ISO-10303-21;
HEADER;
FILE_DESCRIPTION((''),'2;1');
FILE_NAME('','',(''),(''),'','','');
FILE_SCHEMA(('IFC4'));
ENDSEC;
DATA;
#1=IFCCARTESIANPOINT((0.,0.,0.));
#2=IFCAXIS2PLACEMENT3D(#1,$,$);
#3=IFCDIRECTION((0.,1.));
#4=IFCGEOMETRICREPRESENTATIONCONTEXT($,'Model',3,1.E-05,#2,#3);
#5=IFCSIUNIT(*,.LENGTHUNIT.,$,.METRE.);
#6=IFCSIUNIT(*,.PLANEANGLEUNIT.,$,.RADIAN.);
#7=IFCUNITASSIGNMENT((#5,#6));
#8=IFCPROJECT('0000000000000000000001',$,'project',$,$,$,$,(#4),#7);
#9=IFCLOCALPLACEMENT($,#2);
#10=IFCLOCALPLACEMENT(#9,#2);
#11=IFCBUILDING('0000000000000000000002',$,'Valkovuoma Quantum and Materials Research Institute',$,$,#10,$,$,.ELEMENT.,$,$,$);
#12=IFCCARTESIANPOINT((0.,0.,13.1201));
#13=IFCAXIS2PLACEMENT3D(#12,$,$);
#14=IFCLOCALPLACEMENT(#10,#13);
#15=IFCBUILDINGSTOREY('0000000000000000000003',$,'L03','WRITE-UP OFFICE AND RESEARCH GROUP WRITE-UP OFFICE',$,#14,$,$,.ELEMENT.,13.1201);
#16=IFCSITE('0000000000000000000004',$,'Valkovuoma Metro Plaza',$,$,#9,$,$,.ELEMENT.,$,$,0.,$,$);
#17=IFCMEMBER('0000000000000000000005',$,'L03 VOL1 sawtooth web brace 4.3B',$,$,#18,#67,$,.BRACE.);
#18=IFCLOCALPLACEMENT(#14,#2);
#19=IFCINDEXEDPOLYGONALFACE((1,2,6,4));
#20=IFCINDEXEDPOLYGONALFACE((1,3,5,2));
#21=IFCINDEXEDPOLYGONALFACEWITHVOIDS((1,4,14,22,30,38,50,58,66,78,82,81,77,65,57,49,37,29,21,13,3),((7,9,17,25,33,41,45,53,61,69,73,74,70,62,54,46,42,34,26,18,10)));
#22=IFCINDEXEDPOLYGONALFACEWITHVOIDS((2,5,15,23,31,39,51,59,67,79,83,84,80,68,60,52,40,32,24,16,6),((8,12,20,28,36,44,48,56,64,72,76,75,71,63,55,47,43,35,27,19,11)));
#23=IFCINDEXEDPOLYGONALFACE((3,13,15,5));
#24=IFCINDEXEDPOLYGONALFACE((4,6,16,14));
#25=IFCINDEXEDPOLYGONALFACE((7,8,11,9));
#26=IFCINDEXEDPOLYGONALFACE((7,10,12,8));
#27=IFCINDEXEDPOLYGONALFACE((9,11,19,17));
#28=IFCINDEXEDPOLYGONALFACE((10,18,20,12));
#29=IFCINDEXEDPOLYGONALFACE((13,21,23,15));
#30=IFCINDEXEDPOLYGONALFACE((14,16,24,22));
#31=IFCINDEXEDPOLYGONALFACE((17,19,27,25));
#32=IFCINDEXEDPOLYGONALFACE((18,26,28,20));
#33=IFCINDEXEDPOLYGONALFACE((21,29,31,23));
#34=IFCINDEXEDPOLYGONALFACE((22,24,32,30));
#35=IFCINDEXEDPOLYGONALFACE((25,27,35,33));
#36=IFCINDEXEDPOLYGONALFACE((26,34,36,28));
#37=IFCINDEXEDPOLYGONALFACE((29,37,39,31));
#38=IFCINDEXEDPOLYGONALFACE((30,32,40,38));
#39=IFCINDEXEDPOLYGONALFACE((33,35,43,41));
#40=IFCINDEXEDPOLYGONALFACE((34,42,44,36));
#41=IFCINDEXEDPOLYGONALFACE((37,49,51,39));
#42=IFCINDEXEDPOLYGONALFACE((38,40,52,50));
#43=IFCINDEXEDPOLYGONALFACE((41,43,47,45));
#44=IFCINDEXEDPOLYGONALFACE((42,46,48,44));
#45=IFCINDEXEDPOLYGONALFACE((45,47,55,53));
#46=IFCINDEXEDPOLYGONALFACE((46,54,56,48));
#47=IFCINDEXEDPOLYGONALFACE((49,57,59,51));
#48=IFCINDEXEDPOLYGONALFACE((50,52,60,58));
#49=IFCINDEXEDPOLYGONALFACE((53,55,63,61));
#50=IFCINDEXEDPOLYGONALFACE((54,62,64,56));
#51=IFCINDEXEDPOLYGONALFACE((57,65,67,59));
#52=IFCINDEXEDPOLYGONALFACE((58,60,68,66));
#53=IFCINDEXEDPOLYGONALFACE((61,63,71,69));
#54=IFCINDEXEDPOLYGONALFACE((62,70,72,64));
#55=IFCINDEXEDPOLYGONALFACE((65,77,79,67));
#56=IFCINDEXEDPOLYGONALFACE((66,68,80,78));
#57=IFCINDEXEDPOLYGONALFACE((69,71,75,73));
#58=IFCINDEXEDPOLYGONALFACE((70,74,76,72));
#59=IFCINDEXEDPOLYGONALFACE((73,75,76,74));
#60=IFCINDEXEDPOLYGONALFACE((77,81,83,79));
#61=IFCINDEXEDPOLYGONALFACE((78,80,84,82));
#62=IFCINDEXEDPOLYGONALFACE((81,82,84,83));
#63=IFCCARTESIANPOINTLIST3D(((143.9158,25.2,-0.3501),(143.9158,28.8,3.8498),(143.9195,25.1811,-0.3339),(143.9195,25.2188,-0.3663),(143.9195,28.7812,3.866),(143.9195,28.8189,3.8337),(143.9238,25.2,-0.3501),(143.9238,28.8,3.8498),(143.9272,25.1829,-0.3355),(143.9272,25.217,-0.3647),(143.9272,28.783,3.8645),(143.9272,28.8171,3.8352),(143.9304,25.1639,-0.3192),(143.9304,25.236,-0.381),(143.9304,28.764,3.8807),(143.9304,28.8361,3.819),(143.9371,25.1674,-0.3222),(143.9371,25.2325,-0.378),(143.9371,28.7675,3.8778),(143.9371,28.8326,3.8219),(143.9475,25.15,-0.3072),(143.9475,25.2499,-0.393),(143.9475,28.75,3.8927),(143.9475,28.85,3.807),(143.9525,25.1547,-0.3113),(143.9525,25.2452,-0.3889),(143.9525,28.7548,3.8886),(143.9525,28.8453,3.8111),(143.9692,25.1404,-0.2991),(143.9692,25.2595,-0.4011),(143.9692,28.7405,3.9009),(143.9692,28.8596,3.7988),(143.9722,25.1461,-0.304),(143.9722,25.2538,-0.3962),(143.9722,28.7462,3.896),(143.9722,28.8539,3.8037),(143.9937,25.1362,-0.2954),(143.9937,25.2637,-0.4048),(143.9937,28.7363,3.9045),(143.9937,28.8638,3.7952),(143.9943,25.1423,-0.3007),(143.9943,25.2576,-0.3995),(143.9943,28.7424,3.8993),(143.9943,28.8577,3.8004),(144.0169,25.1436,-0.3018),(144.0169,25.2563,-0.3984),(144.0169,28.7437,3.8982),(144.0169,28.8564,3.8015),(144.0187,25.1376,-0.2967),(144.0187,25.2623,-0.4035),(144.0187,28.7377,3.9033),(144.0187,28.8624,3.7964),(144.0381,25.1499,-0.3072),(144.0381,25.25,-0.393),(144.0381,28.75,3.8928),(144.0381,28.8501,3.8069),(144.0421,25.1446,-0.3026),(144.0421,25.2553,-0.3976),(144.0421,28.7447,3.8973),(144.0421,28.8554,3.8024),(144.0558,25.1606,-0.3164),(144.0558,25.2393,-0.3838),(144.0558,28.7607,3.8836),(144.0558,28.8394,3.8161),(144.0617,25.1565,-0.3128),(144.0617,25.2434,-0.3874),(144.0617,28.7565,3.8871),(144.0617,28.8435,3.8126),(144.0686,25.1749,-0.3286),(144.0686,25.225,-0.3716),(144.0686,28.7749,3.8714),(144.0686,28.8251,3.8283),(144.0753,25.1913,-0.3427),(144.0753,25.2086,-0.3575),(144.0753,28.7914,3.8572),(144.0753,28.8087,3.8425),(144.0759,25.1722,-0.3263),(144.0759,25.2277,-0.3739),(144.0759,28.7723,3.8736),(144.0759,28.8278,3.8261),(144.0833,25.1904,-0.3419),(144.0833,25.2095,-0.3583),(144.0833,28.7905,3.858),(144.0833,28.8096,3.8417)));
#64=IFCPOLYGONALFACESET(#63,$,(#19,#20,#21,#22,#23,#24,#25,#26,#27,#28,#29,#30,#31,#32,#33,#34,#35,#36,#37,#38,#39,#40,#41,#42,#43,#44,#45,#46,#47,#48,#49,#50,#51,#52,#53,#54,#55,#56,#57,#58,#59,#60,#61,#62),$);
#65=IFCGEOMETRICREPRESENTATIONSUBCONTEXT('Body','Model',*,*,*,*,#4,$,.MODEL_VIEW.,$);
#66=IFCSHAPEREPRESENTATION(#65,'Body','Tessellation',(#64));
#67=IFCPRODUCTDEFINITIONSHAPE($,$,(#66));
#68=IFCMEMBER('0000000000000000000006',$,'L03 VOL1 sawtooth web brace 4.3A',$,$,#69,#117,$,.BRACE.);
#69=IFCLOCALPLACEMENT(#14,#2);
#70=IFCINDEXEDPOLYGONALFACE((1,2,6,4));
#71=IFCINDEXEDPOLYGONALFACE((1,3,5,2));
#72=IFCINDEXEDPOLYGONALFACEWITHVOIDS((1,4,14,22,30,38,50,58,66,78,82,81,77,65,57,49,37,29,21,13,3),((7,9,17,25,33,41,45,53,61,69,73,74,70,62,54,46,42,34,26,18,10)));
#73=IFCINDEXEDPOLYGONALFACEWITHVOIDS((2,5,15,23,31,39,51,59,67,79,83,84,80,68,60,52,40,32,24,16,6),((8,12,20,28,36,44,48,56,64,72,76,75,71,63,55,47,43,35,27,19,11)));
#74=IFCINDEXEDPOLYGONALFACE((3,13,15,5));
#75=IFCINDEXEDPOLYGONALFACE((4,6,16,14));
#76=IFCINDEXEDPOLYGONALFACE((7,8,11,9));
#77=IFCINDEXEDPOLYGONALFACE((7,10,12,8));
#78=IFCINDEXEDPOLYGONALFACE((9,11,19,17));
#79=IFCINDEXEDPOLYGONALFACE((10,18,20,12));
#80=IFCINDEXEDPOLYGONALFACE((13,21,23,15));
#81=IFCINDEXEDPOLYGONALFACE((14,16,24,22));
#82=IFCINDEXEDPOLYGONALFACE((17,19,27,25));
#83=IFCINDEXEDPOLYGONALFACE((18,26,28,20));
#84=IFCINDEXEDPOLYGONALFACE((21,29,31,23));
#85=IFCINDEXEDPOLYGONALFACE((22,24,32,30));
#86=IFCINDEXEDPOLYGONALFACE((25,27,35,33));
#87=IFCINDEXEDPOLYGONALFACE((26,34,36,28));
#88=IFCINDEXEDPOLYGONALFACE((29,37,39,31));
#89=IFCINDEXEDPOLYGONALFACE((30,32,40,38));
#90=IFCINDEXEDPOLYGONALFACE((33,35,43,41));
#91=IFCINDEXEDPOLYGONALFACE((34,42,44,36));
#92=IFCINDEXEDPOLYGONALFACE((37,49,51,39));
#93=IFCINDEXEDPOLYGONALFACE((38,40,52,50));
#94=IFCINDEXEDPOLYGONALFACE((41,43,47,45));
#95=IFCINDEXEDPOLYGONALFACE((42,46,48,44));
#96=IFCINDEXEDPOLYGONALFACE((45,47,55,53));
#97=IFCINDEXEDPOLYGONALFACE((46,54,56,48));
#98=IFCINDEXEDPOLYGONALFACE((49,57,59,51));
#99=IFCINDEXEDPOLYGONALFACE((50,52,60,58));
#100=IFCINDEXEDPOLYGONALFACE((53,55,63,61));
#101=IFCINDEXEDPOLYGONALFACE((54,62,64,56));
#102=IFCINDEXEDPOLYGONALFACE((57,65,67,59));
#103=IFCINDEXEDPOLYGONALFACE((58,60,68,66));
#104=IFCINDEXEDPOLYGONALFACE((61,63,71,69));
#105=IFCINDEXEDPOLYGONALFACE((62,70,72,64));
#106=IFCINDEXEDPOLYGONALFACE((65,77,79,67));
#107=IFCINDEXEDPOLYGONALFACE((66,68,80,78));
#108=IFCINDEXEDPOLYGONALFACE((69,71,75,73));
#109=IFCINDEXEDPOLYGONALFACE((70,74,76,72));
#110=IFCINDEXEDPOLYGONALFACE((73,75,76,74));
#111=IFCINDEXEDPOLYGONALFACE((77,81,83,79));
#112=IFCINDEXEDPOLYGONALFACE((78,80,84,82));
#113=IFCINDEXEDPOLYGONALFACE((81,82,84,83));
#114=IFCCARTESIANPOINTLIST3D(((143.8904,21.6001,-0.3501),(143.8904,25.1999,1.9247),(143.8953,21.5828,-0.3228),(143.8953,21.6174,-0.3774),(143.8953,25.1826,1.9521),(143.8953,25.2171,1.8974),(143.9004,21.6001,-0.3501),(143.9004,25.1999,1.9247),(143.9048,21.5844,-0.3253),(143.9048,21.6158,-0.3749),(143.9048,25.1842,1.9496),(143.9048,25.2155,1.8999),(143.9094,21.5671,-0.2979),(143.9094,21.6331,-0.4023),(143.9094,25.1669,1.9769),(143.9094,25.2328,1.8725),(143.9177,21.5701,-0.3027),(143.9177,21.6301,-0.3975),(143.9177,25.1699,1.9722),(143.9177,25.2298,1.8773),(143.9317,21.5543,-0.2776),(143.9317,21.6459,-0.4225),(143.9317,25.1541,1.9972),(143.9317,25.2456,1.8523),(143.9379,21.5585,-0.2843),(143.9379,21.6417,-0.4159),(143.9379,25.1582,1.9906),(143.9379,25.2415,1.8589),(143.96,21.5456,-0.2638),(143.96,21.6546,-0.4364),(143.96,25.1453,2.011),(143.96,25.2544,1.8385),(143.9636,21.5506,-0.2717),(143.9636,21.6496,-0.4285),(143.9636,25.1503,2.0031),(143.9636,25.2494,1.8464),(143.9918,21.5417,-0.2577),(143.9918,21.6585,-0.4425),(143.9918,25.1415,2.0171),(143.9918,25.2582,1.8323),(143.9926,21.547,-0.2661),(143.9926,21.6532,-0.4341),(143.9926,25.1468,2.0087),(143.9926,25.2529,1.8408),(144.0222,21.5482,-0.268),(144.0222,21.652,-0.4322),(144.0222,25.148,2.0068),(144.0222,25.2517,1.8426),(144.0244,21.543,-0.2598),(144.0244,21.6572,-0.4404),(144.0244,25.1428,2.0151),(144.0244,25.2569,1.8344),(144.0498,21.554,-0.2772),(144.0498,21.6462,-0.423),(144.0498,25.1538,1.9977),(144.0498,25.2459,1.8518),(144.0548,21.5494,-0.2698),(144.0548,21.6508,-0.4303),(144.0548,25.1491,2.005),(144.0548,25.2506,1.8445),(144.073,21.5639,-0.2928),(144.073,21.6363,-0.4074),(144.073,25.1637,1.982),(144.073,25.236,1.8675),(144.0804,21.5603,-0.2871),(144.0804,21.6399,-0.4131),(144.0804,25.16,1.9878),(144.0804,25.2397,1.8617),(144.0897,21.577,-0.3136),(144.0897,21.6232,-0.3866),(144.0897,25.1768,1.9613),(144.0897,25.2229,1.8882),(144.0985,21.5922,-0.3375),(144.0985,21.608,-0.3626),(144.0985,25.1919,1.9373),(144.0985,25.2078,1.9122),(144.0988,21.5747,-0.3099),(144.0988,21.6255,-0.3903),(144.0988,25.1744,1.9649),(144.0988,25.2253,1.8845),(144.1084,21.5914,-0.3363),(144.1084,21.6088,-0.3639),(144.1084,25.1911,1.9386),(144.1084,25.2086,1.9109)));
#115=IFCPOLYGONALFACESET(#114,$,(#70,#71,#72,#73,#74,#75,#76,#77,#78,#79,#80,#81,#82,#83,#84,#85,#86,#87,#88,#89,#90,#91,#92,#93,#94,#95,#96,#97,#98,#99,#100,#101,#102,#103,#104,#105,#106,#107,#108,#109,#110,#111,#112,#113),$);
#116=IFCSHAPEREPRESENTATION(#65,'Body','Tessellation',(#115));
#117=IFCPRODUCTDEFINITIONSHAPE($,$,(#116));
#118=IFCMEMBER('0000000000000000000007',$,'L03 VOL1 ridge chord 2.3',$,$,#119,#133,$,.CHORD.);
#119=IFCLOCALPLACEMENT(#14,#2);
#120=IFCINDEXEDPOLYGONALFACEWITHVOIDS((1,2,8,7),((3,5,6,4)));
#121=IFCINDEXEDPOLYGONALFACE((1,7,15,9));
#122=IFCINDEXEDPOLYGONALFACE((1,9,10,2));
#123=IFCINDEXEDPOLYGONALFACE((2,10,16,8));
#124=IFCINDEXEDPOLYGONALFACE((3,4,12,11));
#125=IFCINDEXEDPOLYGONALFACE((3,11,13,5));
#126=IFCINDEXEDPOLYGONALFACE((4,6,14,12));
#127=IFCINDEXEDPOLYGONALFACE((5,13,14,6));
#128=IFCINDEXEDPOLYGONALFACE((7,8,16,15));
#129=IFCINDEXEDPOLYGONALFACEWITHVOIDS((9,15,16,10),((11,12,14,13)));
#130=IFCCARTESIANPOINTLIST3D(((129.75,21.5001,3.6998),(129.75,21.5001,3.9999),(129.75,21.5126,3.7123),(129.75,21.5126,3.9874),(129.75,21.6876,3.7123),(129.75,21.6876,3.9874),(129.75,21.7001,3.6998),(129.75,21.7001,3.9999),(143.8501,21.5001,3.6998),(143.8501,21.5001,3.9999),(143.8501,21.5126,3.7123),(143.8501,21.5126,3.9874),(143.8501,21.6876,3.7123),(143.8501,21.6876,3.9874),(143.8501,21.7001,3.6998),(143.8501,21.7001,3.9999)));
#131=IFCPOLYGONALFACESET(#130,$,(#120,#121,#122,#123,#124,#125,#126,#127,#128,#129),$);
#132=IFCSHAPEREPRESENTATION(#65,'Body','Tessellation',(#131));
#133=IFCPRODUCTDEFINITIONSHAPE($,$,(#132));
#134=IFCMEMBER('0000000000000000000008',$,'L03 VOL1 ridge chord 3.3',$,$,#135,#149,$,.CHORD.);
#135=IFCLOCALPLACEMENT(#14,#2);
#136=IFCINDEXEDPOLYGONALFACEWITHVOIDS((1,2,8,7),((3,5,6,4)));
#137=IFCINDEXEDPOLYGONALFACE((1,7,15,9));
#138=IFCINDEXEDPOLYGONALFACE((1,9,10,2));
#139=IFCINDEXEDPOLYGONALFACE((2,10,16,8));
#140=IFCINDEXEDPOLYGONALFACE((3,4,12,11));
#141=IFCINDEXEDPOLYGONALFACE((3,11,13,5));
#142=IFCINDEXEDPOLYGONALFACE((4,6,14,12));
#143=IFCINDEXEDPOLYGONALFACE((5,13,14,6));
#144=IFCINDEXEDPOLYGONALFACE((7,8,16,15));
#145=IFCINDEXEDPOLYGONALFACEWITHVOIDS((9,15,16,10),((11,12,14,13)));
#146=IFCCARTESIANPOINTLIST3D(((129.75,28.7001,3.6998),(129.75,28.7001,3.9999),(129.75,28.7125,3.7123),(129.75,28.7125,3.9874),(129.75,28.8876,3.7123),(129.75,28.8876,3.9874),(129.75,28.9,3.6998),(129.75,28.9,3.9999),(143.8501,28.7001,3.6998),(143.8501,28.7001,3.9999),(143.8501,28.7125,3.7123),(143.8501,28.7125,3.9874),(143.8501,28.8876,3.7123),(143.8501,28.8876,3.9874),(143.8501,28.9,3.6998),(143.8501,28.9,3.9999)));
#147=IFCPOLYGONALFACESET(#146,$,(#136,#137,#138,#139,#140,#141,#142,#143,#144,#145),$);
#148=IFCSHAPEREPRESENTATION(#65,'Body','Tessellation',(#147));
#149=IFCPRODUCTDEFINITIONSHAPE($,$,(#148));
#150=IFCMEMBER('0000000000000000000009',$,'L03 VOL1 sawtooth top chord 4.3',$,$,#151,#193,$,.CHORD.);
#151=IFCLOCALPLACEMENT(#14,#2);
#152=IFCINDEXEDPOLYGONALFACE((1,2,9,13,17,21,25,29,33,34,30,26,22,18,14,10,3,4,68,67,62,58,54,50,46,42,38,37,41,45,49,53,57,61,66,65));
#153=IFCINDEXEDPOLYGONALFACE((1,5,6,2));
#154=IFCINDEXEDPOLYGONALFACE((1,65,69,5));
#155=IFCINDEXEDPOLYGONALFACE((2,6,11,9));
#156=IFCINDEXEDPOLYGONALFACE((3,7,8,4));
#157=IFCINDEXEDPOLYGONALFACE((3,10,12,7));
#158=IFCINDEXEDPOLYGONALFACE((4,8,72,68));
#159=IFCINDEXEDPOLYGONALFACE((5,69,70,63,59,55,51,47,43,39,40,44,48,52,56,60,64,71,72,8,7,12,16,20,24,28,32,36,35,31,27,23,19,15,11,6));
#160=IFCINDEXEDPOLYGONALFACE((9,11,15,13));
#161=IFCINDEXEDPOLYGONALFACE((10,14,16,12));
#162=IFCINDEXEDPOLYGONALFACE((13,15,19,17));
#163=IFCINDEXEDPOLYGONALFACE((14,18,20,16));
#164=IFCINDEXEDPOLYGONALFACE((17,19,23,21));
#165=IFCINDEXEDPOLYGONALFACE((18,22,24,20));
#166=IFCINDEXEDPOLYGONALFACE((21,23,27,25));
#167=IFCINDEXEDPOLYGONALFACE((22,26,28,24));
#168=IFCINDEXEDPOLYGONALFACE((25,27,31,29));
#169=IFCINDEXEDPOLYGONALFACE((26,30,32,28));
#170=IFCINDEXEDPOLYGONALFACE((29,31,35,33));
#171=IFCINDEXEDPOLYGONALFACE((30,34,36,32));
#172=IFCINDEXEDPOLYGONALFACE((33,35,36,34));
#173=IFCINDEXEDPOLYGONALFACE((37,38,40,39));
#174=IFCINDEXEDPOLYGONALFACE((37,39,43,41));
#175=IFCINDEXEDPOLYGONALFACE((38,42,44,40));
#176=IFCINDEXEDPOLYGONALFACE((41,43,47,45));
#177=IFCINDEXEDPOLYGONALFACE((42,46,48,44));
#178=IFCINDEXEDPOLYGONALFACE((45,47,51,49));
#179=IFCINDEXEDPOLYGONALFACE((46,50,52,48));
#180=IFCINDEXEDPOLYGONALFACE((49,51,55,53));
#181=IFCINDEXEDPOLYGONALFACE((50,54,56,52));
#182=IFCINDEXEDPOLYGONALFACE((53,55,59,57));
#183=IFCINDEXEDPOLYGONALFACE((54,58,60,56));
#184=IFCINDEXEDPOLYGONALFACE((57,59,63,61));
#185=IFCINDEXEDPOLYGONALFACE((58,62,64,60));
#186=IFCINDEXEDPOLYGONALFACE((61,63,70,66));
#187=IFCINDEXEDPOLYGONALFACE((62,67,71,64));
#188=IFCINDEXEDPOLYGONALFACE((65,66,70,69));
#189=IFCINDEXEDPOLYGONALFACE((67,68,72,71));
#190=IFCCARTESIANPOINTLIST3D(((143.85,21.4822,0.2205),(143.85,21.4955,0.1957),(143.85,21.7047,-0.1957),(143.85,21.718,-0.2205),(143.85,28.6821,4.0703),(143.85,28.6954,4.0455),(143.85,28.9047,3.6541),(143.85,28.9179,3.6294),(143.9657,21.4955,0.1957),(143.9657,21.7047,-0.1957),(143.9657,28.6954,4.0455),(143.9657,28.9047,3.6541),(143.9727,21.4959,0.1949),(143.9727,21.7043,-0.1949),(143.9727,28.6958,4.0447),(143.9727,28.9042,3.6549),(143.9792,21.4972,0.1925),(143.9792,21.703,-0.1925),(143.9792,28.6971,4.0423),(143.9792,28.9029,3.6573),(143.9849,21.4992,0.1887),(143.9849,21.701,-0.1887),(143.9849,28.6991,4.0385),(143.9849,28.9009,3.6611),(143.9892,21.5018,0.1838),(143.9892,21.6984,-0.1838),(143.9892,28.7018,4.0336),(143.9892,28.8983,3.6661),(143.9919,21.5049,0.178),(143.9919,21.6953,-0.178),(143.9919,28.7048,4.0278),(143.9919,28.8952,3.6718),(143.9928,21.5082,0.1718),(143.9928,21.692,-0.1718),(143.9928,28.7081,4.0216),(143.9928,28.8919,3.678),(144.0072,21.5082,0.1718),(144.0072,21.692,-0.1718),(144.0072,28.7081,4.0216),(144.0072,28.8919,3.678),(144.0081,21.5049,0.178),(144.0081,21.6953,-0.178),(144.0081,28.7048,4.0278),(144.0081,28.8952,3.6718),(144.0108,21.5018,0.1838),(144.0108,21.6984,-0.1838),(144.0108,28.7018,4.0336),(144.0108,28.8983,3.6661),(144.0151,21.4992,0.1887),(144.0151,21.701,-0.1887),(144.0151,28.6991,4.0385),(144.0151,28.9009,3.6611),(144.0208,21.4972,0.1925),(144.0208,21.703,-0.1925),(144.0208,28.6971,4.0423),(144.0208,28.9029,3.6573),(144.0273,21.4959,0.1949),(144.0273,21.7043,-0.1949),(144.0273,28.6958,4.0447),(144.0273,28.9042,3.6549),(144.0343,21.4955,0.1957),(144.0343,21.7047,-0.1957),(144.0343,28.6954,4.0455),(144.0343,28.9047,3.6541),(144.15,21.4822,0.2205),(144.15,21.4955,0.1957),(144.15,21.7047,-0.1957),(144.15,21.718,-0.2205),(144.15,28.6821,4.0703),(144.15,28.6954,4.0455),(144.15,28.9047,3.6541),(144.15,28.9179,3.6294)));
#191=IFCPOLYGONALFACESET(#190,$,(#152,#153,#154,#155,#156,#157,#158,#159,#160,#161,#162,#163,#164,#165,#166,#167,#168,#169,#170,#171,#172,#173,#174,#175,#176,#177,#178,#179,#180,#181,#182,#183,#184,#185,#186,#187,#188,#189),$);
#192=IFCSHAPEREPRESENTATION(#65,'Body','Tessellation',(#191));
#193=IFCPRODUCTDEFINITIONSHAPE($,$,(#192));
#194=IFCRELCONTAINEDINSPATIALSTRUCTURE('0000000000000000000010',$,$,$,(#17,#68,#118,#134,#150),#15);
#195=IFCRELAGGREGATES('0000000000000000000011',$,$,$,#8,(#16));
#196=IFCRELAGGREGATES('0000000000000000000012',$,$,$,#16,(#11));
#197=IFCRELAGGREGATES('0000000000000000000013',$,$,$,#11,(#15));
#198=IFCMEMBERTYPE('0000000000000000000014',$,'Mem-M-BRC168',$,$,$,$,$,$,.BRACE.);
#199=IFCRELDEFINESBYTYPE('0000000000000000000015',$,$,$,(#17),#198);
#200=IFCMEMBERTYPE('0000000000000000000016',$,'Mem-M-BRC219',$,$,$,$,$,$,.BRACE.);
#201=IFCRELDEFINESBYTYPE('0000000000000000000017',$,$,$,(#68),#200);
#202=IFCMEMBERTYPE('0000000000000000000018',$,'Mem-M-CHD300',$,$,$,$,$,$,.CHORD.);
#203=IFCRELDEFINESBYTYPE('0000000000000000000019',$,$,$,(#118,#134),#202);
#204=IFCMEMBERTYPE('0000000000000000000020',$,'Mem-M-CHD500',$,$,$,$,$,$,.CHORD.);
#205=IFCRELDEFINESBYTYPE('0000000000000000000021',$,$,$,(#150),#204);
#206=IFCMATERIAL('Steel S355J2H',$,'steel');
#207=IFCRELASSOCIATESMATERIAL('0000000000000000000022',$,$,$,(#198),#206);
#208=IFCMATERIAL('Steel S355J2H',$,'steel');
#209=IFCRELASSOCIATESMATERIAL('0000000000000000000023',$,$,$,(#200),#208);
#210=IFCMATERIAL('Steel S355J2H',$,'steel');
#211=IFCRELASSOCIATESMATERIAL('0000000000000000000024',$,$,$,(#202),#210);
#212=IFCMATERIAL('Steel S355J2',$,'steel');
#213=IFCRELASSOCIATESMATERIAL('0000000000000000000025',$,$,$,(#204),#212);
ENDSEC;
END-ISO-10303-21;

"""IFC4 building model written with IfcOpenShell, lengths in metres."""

from ifc_helpers import new_model, si_unit, direction, frame, origin, origin_2d, place, context, subcontext, project, spatial, hollow_rectangle, hollow_circle, i_section, extrude, material, material_profile, profile_set, type_object, element, save


model = new_model("IFC4")

# Units and contexts
model_context = context("Model", 3, precision=1e-05, world=origin(), true_north=direction((0.0, 1.0)))
body_context = subcontext(model_context, "Body", "Model", "MODEL_VIEW")
ifc_project = project(units=[si_unit("LENGTHUNIT", "METRE"), si_unit("PLANEANGLEUNIT", "RADIAN")], contexts=[model_context])

# Site, building, storey
site_placement = place(None, origin())
site = spatial("IfcSite", under=ifc_project, at=site_placement, Name="Valkovuoma Metro Plaza", CompositionType="ELEMENT", RefElevation=0.0)
building_placement = place(site_placement, origin())
building = spatial("IfcBuilding", under=site, at=building_placement, Name="Valkovuoma Quantum and Materials Research Institute", CompositionType="ELEMENT")
storey_placement = place(building_placement, frame((0.0, 0.0, 13.1201)))
storey = spatial("IfcBuildingStorey", under=building, at=storey_placement, Name="L03", Description="WRITE-UP OFFICE AND RESEARCH GROUP WRITE-UP OFFICE", CompositionType="ELEMENT", Elevation=13.1201)

# Members
ifc_material_1 = material(Name="Steel S355J2H", Category="steel")
ifc_material_profile_1 = material_profile(ifc_material_1, hollow_circle(Radius=0.0842, WallThickness=0.0081, at=origin_2d()), Name="Steel S355J2H")
ifc_profile_set_1 = profile_set([ifc_material_profile_1], Name="Steel S355J2H")
member_type_1 = type_object("IfcMemberType", Name="Mem-M-BRC168", PredefinedType="BRACE", material=ifc_profile_set_1)
for number, where, z_axis, x_axis, name in (
    (1, (144.0, 25.2, -0.3501), (0.0, 0.650806, 0.759244), (-1.0, 0.0, 0.0), "L03 VOL1 sawtooth web brace 4.3B"),
):
    element("IfcMember", number, at=place(storey_placement, frame(where, z_axis=z_axis, x_axis=x_axis)), inside=storey, type_object=member_type_1, Name=name, PredefinedType="BRACE", context=body_context, shape_type="SweptSolid", body=[
        extrude(hollow_circle(Radius=0.0842, WallThickness=0.0081, at=origin_2d()), origin(), (0.0, 0.0, 1.0), 5.5317),
    ])
ifc_material_2 = material(Name="Steel S355J2H", Category="steel")
ifc_material_profile_2 = material_profile(ifc_material_2, hollow_circle(Radius=0.1096, WallThickness=0.01, at=origin_2d()), Name="Steel S355J2H")
ifc_profile_set_2 = profile_set([ifc_material_profile_2], Name="Steel S355J2H")
member_type_2 = type_object("IfcMemberType", Name="Mem-M-BRC219", PredefinedType="BRACE", material=ifc_profile_set_2)
member_1_placement = place(storey_placement, frame((144.0, 21.6001, -0.3501), z_axis=(0.0, 0.84535, 0.534213), x_axis=(-1.0, 0.0, 0.0)))
element("IfcMember", 2, at=member_1_placement, inside=storey, type_object=member_type_2, Name="L03 VOL1 sawtooth web brace 4.3A", PredefinedType="BRACE", context=body_context, shape_type="SweptSolid", body=[
    extrude(hollow_circle(Radius=0.1096, WallThickness=0.01, at=origin_2d()), origin(), (0.0, 0.0, 1.0), 4.2583),
])
ifc_material_3 = material(Name="Steel S355J2H", Category="steel")
ifc_material_profile_3 = material_profile(ifc_material_3, hollow_rectangle(XDim=0.2, YDim=0.3, WallThickness=0.0125, at=origin_2d()), Name="Steel S355J2H")
ifc_profile_set_3 = profile_set([ifc_material_profile_3], Name="Steel S355J2H")
member_type_3 = type_object("IfcMemberType", Name="Mem-M-CHD300", PredefinedType="CHORD", material=ifc_profile_set_3)
for number, where, z_axis, x_axis, name in (
    (3, (129.75, 21.6001, 3.8499), (1.0, 0.0, 0.0), (0.0, 1.0, 0.0), "L03 VOL1 ridge chord 2.3"),
    (4, (129.75, 28.8, 3.8499), (1.0, 0.0, 0.0), (0.0, 1.0, 0.0), "L03 VOL1 ridge chord 3.3"),
):
    element("IfcMember", number, at=place(storey_placement, frame(where, z_axis=z_axis, x_axis=x_axis)), inside=storey, type_object=member_type_3, Name=name, PredefinedType="CHORD", context=body_context, shape_type="SweptSolid", body=[
        extrude(hollow_rectangle(XDim=0.2, YDim=0.3, WallThickness=0.0125, at=origin_2d()), origin(), (0.0, 0.0, 1.0), 14.1001),
    ])
ifc_material_4 = material(Name="Steel S355J2", Category="steel")
ifc_material_profile_4 = material_profile(ifc_material_4, i_section(OverallWidth=0.3, OverallDepth=0.5, WebThickness=0.0144, FlangeThickness=0.0281, FilletRadius=0.0271, at=origin_2d()), Name="Steel S355J2")
ifc_profile_set_4 = profile_set([ifc_material_profile_4], Name="Steel S355J2")
member_type_4 = type_object("IfcMemberType", Name="Mem-M-CHD500", PredefinedType="CHORD", material=ifc_profile_set_4)
member_2_placement = place(storey_placement, frame((144.0, 21.6001, 0.0), z_axis=(0.0, 0.88185, 0.47153), x_axis=(-1.0, 0.0, 0.0)))
element("IfcMember", 5, at=member_2_placement, inside=storey, type_object=member_type_4, Name="L03 VOL1 sawtooth top chord 4.3", PredefinedType="CHORD", context=body_context, shape_type="SweptSolid", body=[
    extrude(i_section(OverallWidth=0.3, OverallDepth=0.5, WebThickness=0.0144, FlangeThickness=0.0281, FilletRadius=0.0271, at=origin_2d()), origin(), (0.0, 0.0, 1.0), 8.1646),
])

save(model, "model.ifc")
